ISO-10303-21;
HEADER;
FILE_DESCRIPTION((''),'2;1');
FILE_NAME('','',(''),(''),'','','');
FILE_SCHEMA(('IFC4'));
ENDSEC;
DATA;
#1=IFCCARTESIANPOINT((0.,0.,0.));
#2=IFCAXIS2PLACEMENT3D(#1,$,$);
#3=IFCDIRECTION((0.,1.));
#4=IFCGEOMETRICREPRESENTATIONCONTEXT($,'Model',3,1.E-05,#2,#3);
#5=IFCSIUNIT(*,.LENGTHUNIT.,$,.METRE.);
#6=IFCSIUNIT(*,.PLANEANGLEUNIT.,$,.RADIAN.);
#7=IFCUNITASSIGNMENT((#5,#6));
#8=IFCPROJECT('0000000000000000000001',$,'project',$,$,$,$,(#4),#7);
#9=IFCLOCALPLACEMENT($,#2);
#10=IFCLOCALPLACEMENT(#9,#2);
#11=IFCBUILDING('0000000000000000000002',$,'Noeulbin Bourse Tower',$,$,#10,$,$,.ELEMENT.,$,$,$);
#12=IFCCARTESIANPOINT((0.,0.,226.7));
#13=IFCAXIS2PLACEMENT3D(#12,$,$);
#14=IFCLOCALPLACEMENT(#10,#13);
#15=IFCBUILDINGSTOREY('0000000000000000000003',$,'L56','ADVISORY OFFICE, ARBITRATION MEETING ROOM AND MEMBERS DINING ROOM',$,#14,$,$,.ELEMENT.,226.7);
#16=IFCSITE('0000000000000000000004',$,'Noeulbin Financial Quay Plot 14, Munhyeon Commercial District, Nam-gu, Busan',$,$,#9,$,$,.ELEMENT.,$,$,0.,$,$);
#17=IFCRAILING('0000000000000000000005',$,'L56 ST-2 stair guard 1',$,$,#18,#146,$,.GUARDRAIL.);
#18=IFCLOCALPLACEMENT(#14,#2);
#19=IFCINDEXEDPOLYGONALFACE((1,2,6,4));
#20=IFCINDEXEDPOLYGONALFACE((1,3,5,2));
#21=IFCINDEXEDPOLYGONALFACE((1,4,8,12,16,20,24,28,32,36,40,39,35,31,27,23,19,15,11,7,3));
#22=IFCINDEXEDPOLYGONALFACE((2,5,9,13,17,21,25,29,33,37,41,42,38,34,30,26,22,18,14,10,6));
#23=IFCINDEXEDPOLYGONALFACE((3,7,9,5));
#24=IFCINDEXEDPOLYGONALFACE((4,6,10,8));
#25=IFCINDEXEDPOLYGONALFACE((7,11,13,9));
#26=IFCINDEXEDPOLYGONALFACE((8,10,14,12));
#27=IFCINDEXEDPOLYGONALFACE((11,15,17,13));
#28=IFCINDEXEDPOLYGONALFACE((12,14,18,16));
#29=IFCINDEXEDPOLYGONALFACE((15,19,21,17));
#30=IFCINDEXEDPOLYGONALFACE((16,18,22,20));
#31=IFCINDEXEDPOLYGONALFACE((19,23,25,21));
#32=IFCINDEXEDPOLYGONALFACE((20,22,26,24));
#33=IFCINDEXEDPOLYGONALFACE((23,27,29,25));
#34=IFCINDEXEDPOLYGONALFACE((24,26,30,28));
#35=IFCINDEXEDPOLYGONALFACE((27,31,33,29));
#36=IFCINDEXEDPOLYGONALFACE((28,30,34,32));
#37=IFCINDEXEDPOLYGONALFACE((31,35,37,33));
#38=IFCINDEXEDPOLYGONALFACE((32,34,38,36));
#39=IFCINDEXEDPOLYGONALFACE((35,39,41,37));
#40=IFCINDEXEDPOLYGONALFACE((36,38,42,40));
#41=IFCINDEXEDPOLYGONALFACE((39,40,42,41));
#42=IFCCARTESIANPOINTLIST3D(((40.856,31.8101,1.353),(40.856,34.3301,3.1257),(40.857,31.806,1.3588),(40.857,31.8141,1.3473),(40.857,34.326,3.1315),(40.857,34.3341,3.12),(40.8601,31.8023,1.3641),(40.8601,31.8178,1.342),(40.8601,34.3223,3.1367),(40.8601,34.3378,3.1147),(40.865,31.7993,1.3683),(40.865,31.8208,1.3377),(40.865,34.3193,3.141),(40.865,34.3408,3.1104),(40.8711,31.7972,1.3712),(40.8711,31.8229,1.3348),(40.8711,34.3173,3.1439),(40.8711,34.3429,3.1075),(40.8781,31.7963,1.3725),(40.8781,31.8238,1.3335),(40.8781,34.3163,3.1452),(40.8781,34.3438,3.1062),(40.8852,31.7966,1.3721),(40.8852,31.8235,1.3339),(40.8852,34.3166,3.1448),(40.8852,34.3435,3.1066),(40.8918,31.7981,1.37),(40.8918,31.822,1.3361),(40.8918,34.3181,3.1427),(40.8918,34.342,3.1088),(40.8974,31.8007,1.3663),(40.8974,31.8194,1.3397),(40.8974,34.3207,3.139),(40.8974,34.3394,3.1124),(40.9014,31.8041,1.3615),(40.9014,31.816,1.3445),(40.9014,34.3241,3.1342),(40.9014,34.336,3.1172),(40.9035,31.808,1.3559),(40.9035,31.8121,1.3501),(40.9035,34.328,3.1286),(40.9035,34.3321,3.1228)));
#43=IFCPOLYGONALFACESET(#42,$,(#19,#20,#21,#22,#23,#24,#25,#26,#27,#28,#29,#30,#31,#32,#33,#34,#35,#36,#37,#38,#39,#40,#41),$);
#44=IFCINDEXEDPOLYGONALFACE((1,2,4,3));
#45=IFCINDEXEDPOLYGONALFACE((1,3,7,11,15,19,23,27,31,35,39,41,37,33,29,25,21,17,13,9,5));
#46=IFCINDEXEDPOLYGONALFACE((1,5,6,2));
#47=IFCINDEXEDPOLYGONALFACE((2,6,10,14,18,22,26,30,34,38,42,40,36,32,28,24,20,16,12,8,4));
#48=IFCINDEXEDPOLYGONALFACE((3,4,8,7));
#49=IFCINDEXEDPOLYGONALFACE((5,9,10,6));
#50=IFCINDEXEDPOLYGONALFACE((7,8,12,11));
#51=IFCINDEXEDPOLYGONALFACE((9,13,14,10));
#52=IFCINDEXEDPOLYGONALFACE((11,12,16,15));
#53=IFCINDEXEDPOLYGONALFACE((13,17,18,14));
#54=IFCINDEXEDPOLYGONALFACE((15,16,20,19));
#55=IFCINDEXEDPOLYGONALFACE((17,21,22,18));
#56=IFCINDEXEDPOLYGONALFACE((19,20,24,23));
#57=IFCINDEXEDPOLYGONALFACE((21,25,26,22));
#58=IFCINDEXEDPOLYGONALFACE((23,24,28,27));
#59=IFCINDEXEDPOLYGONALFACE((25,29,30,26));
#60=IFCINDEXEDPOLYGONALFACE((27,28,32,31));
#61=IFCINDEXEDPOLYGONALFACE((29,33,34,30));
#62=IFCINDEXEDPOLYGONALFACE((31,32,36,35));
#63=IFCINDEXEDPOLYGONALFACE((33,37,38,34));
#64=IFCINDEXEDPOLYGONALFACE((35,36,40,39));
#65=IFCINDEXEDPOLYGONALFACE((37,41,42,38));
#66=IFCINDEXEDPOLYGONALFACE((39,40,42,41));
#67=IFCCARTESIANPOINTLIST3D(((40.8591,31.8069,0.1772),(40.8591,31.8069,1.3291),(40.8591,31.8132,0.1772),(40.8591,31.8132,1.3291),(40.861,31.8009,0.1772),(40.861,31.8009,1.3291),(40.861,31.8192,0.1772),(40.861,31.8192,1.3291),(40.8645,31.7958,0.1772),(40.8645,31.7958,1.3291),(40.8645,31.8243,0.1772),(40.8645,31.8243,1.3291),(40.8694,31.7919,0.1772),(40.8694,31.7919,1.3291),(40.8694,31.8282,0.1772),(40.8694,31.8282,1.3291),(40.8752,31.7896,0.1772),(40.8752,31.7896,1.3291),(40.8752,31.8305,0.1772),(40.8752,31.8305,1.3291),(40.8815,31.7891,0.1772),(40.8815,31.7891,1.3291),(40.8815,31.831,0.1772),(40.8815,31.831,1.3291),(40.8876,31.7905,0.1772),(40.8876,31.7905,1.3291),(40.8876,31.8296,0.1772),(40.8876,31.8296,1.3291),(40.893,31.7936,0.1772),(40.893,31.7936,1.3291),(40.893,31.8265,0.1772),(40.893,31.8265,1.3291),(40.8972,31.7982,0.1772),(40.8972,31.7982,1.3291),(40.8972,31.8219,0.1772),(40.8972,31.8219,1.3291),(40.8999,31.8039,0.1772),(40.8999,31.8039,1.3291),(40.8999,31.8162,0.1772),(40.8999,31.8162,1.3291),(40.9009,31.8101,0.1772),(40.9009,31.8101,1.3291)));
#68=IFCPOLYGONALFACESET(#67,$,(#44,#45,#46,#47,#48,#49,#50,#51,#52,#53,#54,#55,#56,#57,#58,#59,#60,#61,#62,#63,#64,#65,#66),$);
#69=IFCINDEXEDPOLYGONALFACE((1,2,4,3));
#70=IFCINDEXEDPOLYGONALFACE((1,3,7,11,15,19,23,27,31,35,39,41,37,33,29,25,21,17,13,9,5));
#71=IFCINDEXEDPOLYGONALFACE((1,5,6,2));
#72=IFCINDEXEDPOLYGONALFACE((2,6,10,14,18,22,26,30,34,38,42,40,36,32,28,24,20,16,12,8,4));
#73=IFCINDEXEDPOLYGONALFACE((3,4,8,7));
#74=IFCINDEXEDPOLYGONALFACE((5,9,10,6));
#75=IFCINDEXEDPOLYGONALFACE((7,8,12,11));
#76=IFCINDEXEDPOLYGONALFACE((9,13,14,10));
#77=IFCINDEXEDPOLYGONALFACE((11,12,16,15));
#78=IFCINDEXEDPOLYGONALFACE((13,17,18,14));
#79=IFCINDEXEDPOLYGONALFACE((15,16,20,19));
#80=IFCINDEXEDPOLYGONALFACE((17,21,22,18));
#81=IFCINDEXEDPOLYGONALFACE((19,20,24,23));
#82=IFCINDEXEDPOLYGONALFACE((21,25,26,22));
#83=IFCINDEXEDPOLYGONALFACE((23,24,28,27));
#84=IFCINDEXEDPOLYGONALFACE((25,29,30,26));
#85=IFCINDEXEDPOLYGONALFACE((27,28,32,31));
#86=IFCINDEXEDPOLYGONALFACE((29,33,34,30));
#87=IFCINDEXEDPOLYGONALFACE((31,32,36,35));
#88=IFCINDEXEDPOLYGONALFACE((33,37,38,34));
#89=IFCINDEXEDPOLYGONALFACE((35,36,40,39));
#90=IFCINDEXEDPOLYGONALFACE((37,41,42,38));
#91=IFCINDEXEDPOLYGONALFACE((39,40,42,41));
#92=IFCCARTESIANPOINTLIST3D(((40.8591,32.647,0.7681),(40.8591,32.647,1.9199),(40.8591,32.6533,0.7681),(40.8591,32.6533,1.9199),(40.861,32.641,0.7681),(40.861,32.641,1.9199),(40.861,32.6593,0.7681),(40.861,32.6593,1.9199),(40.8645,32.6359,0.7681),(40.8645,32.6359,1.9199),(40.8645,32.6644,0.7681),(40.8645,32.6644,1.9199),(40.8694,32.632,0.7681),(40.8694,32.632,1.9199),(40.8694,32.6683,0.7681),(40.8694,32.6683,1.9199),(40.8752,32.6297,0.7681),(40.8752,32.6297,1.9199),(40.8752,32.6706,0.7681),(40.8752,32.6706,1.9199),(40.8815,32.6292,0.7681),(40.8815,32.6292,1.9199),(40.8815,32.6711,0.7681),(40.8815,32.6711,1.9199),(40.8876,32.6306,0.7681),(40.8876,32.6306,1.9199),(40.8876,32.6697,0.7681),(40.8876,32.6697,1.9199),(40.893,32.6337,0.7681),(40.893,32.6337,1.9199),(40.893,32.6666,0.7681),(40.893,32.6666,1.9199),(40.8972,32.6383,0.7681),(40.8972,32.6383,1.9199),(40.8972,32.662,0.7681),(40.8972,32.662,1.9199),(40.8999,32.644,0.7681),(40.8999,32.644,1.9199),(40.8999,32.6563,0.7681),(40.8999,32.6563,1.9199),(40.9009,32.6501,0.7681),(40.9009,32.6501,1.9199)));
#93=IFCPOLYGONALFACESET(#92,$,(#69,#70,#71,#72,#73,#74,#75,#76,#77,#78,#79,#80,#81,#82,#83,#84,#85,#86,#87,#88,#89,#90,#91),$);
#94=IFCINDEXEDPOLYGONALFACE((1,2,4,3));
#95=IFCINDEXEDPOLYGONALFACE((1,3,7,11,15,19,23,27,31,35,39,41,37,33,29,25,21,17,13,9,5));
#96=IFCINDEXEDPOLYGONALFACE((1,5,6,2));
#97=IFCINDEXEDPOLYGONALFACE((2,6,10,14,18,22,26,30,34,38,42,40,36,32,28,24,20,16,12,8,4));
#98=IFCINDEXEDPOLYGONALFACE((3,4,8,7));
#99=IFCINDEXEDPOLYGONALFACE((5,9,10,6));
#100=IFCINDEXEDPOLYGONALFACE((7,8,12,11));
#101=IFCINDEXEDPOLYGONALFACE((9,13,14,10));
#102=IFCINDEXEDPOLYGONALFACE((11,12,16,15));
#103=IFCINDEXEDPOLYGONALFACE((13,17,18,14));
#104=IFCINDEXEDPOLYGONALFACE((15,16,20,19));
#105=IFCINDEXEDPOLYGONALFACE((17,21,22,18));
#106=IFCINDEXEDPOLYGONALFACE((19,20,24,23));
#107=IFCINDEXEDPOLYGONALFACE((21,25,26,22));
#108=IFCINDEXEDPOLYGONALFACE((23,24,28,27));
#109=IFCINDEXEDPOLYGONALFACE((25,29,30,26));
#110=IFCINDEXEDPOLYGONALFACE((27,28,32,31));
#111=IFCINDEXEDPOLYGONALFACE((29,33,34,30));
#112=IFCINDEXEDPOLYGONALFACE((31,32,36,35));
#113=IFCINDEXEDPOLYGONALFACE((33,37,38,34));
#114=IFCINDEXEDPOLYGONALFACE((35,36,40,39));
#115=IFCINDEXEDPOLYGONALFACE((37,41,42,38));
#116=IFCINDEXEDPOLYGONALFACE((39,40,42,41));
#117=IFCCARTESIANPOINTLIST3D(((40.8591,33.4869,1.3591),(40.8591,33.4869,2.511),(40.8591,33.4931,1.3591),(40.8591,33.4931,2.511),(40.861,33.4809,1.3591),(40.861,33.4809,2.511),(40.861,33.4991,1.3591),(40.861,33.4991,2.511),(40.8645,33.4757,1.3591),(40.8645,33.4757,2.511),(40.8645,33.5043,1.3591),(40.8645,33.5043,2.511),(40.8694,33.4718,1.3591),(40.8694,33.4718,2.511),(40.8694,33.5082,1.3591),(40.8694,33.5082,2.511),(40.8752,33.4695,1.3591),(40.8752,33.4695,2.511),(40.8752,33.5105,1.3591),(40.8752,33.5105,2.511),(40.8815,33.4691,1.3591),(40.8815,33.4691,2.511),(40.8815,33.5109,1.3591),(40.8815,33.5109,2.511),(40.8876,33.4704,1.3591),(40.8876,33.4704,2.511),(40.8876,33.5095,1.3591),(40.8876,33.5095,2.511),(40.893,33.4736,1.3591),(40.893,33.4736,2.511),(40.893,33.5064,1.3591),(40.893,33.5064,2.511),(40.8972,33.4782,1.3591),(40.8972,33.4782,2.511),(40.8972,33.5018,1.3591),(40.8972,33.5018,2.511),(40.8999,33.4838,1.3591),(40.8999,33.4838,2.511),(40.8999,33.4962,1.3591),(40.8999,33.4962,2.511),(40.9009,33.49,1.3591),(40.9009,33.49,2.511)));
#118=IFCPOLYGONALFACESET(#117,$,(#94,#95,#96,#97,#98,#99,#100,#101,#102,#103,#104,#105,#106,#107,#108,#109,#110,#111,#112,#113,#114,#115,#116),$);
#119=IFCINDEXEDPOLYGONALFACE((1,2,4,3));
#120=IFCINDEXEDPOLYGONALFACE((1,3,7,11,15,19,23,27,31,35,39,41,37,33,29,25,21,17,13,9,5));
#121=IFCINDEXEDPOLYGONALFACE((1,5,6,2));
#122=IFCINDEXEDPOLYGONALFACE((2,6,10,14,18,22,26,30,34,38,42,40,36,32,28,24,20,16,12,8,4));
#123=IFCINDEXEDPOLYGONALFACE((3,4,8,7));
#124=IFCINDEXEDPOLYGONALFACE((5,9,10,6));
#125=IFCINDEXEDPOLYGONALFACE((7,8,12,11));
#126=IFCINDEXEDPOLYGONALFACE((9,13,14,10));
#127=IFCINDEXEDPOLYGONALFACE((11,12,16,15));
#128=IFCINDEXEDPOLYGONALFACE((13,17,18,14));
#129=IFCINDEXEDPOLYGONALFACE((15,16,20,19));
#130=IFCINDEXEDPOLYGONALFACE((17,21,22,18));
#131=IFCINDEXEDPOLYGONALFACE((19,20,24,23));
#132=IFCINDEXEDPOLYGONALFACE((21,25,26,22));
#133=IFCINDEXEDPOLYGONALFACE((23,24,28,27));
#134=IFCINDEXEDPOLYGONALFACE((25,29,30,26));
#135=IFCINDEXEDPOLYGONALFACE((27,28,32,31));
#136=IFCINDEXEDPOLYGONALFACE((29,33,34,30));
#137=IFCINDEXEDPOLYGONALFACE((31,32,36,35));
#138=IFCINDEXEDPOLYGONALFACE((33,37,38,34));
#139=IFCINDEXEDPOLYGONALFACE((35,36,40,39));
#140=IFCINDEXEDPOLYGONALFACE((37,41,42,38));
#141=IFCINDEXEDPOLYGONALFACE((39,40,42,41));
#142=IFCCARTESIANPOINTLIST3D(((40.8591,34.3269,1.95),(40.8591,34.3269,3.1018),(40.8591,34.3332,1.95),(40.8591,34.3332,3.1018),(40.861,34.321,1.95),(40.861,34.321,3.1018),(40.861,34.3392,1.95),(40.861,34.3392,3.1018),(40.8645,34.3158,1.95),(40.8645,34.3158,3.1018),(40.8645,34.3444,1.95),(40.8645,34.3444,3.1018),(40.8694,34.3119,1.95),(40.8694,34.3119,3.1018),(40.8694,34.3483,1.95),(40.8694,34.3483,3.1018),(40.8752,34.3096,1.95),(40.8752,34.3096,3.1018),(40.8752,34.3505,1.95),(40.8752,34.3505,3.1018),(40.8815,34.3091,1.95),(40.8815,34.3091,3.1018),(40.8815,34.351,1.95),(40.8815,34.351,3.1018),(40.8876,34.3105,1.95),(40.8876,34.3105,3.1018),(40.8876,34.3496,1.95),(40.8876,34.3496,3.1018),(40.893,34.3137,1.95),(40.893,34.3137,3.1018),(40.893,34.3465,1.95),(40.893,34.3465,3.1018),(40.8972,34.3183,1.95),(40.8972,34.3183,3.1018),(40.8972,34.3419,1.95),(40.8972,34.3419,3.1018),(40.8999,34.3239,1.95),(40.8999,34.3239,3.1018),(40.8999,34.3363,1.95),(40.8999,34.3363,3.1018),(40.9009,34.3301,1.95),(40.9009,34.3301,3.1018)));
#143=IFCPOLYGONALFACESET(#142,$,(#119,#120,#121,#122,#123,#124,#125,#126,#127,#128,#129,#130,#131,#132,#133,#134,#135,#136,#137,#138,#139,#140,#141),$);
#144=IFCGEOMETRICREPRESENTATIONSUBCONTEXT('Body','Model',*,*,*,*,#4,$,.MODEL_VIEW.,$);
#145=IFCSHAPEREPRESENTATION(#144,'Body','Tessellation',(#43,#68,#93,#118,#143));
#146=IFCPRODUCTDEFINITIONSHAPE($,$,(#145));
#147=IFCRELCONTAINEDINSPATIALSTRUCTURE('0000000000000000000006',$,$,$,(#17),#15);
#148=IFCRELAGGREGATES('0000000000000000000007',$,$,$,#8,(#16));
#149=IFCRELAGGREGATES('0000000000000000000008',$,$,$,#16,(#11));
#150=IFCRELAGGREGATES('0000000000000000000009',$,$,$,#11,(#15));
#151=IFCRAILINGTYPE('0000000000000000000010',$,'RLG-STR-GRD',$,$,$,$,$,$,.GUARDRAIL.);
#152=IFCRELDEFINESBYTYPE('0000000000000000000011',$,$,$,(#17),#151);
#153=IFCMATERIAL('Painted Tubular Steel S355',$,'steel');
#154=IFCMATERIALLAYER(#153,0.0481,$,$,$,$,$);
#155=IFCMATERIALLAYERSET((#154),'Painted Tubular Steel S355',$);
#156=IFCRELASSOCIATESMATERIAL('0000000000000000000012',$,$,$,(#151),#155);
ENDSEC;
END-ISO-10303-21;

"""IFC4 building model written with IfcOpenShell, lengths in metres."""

from ifc_helpers import new_model, si_unit, direction, frame, origin, origin_2d, place, context, subcontext, project, spatial, circle, extrude, material, layer, layer_set, type_object, element, save


model = new_model("IFC4")

# Units and contexts
model_context = context("Model", 3, precision=1e-05, world=origin(), true_north=direction((0.0, 1.0)))
body_context = subcontext(model_context, "Body", "Model", "MODEL_VIEW")
ifc_project = project(units=[si_unit("LENGTHUNIT", "METRE"), si_unit("PLANEANGLEUNIT", "RADIAN")], contexts=[model_context])

# Site, building, storey
site_placement = place(None, origin())
site = spatial("IfcSite", under=ifc_project, at=site_placement, Name="Noeulbin Financial Quay Plot 14, Munhyeon Commercial District, Nam-gu, Busan", CompositionType="ELEMENT", RefElevation=0.0)
building_placement = place(site_placement, origin())
building = spatial("IfcBuilding", under=site, at=building_placement, Name="Noeulbin Bourse Tower", CompositionType="ELEMENT")
storey_placement = place(building_placement, frame((0.0, 0.0, 226.7)))
storey = spatial("IfcBuildingStorey", under=building, at=storey_placement, Name="L56", Description="ADVISORY OFFICE, ARBITRATION MEETING ROOM AND MEMBERS DINING ROOM", CompositionType="ELEMENT", Elevation=226.7)

# Railing
ifc_material_1 = material(Name="Painted Tubular Steel S355", Category="steel")
ifc_layer_1 = layer(ifc_material_1, 0.0481)
ifc_layer_set_1 = layer_set([ifc_layer_1], Name="Painted Tubular Steel S355")
railing_type = type_object("IfcRailingType", Name="RLG-STR-GRD", PredefinedType="GUARDRAIL", material=ifc_layer_set_1)
railing_1_placement = place(storey_placement, frame((40.8799, 31.8101, 0.1772)))
element("IfcRailing", 1, at=railing_1_placement, inside=storey, type_object=railing_type, Name="L56 ST-2 stair guard 1", PredefinedType="GUARDRAIL", context=body_context, shape_type="SweptSolid", body=[
    extrude(circle(Radius=0.0239, at=origin_2d()), frame((0.0, 0.0, 1.1758), z_axis=(0.0, 0.817904, 0.575354), x_axis=(-1.0, 0.0, 0.0)), (0.0, 0.0, 1.0), 3.0811),
    extrude(circle(Radius=0.021, at=origin_2d()), origin(), (0.0, 0.0, 1.0), 1.1519),
    extrude(circle(Radius=0.021, at=origin_2d()), frame((0.0, 0.8401, 0.5908)), (0.0, 0.0, 1.0), 1.1519),
    extrude(circle(Radius=0.021, at=origin_2d()), frame((0.0, 1.6799, 1.1819)), (0.0, 0.0, 1.0), 1.1519),
    extrude(circle(Radius=0.021, at=origin_2d()), frame((0.0, 2.52, 1.7727)), (0.0, 0.0, 1.0), 1.1519),
])

save(model, "model.ifc")
